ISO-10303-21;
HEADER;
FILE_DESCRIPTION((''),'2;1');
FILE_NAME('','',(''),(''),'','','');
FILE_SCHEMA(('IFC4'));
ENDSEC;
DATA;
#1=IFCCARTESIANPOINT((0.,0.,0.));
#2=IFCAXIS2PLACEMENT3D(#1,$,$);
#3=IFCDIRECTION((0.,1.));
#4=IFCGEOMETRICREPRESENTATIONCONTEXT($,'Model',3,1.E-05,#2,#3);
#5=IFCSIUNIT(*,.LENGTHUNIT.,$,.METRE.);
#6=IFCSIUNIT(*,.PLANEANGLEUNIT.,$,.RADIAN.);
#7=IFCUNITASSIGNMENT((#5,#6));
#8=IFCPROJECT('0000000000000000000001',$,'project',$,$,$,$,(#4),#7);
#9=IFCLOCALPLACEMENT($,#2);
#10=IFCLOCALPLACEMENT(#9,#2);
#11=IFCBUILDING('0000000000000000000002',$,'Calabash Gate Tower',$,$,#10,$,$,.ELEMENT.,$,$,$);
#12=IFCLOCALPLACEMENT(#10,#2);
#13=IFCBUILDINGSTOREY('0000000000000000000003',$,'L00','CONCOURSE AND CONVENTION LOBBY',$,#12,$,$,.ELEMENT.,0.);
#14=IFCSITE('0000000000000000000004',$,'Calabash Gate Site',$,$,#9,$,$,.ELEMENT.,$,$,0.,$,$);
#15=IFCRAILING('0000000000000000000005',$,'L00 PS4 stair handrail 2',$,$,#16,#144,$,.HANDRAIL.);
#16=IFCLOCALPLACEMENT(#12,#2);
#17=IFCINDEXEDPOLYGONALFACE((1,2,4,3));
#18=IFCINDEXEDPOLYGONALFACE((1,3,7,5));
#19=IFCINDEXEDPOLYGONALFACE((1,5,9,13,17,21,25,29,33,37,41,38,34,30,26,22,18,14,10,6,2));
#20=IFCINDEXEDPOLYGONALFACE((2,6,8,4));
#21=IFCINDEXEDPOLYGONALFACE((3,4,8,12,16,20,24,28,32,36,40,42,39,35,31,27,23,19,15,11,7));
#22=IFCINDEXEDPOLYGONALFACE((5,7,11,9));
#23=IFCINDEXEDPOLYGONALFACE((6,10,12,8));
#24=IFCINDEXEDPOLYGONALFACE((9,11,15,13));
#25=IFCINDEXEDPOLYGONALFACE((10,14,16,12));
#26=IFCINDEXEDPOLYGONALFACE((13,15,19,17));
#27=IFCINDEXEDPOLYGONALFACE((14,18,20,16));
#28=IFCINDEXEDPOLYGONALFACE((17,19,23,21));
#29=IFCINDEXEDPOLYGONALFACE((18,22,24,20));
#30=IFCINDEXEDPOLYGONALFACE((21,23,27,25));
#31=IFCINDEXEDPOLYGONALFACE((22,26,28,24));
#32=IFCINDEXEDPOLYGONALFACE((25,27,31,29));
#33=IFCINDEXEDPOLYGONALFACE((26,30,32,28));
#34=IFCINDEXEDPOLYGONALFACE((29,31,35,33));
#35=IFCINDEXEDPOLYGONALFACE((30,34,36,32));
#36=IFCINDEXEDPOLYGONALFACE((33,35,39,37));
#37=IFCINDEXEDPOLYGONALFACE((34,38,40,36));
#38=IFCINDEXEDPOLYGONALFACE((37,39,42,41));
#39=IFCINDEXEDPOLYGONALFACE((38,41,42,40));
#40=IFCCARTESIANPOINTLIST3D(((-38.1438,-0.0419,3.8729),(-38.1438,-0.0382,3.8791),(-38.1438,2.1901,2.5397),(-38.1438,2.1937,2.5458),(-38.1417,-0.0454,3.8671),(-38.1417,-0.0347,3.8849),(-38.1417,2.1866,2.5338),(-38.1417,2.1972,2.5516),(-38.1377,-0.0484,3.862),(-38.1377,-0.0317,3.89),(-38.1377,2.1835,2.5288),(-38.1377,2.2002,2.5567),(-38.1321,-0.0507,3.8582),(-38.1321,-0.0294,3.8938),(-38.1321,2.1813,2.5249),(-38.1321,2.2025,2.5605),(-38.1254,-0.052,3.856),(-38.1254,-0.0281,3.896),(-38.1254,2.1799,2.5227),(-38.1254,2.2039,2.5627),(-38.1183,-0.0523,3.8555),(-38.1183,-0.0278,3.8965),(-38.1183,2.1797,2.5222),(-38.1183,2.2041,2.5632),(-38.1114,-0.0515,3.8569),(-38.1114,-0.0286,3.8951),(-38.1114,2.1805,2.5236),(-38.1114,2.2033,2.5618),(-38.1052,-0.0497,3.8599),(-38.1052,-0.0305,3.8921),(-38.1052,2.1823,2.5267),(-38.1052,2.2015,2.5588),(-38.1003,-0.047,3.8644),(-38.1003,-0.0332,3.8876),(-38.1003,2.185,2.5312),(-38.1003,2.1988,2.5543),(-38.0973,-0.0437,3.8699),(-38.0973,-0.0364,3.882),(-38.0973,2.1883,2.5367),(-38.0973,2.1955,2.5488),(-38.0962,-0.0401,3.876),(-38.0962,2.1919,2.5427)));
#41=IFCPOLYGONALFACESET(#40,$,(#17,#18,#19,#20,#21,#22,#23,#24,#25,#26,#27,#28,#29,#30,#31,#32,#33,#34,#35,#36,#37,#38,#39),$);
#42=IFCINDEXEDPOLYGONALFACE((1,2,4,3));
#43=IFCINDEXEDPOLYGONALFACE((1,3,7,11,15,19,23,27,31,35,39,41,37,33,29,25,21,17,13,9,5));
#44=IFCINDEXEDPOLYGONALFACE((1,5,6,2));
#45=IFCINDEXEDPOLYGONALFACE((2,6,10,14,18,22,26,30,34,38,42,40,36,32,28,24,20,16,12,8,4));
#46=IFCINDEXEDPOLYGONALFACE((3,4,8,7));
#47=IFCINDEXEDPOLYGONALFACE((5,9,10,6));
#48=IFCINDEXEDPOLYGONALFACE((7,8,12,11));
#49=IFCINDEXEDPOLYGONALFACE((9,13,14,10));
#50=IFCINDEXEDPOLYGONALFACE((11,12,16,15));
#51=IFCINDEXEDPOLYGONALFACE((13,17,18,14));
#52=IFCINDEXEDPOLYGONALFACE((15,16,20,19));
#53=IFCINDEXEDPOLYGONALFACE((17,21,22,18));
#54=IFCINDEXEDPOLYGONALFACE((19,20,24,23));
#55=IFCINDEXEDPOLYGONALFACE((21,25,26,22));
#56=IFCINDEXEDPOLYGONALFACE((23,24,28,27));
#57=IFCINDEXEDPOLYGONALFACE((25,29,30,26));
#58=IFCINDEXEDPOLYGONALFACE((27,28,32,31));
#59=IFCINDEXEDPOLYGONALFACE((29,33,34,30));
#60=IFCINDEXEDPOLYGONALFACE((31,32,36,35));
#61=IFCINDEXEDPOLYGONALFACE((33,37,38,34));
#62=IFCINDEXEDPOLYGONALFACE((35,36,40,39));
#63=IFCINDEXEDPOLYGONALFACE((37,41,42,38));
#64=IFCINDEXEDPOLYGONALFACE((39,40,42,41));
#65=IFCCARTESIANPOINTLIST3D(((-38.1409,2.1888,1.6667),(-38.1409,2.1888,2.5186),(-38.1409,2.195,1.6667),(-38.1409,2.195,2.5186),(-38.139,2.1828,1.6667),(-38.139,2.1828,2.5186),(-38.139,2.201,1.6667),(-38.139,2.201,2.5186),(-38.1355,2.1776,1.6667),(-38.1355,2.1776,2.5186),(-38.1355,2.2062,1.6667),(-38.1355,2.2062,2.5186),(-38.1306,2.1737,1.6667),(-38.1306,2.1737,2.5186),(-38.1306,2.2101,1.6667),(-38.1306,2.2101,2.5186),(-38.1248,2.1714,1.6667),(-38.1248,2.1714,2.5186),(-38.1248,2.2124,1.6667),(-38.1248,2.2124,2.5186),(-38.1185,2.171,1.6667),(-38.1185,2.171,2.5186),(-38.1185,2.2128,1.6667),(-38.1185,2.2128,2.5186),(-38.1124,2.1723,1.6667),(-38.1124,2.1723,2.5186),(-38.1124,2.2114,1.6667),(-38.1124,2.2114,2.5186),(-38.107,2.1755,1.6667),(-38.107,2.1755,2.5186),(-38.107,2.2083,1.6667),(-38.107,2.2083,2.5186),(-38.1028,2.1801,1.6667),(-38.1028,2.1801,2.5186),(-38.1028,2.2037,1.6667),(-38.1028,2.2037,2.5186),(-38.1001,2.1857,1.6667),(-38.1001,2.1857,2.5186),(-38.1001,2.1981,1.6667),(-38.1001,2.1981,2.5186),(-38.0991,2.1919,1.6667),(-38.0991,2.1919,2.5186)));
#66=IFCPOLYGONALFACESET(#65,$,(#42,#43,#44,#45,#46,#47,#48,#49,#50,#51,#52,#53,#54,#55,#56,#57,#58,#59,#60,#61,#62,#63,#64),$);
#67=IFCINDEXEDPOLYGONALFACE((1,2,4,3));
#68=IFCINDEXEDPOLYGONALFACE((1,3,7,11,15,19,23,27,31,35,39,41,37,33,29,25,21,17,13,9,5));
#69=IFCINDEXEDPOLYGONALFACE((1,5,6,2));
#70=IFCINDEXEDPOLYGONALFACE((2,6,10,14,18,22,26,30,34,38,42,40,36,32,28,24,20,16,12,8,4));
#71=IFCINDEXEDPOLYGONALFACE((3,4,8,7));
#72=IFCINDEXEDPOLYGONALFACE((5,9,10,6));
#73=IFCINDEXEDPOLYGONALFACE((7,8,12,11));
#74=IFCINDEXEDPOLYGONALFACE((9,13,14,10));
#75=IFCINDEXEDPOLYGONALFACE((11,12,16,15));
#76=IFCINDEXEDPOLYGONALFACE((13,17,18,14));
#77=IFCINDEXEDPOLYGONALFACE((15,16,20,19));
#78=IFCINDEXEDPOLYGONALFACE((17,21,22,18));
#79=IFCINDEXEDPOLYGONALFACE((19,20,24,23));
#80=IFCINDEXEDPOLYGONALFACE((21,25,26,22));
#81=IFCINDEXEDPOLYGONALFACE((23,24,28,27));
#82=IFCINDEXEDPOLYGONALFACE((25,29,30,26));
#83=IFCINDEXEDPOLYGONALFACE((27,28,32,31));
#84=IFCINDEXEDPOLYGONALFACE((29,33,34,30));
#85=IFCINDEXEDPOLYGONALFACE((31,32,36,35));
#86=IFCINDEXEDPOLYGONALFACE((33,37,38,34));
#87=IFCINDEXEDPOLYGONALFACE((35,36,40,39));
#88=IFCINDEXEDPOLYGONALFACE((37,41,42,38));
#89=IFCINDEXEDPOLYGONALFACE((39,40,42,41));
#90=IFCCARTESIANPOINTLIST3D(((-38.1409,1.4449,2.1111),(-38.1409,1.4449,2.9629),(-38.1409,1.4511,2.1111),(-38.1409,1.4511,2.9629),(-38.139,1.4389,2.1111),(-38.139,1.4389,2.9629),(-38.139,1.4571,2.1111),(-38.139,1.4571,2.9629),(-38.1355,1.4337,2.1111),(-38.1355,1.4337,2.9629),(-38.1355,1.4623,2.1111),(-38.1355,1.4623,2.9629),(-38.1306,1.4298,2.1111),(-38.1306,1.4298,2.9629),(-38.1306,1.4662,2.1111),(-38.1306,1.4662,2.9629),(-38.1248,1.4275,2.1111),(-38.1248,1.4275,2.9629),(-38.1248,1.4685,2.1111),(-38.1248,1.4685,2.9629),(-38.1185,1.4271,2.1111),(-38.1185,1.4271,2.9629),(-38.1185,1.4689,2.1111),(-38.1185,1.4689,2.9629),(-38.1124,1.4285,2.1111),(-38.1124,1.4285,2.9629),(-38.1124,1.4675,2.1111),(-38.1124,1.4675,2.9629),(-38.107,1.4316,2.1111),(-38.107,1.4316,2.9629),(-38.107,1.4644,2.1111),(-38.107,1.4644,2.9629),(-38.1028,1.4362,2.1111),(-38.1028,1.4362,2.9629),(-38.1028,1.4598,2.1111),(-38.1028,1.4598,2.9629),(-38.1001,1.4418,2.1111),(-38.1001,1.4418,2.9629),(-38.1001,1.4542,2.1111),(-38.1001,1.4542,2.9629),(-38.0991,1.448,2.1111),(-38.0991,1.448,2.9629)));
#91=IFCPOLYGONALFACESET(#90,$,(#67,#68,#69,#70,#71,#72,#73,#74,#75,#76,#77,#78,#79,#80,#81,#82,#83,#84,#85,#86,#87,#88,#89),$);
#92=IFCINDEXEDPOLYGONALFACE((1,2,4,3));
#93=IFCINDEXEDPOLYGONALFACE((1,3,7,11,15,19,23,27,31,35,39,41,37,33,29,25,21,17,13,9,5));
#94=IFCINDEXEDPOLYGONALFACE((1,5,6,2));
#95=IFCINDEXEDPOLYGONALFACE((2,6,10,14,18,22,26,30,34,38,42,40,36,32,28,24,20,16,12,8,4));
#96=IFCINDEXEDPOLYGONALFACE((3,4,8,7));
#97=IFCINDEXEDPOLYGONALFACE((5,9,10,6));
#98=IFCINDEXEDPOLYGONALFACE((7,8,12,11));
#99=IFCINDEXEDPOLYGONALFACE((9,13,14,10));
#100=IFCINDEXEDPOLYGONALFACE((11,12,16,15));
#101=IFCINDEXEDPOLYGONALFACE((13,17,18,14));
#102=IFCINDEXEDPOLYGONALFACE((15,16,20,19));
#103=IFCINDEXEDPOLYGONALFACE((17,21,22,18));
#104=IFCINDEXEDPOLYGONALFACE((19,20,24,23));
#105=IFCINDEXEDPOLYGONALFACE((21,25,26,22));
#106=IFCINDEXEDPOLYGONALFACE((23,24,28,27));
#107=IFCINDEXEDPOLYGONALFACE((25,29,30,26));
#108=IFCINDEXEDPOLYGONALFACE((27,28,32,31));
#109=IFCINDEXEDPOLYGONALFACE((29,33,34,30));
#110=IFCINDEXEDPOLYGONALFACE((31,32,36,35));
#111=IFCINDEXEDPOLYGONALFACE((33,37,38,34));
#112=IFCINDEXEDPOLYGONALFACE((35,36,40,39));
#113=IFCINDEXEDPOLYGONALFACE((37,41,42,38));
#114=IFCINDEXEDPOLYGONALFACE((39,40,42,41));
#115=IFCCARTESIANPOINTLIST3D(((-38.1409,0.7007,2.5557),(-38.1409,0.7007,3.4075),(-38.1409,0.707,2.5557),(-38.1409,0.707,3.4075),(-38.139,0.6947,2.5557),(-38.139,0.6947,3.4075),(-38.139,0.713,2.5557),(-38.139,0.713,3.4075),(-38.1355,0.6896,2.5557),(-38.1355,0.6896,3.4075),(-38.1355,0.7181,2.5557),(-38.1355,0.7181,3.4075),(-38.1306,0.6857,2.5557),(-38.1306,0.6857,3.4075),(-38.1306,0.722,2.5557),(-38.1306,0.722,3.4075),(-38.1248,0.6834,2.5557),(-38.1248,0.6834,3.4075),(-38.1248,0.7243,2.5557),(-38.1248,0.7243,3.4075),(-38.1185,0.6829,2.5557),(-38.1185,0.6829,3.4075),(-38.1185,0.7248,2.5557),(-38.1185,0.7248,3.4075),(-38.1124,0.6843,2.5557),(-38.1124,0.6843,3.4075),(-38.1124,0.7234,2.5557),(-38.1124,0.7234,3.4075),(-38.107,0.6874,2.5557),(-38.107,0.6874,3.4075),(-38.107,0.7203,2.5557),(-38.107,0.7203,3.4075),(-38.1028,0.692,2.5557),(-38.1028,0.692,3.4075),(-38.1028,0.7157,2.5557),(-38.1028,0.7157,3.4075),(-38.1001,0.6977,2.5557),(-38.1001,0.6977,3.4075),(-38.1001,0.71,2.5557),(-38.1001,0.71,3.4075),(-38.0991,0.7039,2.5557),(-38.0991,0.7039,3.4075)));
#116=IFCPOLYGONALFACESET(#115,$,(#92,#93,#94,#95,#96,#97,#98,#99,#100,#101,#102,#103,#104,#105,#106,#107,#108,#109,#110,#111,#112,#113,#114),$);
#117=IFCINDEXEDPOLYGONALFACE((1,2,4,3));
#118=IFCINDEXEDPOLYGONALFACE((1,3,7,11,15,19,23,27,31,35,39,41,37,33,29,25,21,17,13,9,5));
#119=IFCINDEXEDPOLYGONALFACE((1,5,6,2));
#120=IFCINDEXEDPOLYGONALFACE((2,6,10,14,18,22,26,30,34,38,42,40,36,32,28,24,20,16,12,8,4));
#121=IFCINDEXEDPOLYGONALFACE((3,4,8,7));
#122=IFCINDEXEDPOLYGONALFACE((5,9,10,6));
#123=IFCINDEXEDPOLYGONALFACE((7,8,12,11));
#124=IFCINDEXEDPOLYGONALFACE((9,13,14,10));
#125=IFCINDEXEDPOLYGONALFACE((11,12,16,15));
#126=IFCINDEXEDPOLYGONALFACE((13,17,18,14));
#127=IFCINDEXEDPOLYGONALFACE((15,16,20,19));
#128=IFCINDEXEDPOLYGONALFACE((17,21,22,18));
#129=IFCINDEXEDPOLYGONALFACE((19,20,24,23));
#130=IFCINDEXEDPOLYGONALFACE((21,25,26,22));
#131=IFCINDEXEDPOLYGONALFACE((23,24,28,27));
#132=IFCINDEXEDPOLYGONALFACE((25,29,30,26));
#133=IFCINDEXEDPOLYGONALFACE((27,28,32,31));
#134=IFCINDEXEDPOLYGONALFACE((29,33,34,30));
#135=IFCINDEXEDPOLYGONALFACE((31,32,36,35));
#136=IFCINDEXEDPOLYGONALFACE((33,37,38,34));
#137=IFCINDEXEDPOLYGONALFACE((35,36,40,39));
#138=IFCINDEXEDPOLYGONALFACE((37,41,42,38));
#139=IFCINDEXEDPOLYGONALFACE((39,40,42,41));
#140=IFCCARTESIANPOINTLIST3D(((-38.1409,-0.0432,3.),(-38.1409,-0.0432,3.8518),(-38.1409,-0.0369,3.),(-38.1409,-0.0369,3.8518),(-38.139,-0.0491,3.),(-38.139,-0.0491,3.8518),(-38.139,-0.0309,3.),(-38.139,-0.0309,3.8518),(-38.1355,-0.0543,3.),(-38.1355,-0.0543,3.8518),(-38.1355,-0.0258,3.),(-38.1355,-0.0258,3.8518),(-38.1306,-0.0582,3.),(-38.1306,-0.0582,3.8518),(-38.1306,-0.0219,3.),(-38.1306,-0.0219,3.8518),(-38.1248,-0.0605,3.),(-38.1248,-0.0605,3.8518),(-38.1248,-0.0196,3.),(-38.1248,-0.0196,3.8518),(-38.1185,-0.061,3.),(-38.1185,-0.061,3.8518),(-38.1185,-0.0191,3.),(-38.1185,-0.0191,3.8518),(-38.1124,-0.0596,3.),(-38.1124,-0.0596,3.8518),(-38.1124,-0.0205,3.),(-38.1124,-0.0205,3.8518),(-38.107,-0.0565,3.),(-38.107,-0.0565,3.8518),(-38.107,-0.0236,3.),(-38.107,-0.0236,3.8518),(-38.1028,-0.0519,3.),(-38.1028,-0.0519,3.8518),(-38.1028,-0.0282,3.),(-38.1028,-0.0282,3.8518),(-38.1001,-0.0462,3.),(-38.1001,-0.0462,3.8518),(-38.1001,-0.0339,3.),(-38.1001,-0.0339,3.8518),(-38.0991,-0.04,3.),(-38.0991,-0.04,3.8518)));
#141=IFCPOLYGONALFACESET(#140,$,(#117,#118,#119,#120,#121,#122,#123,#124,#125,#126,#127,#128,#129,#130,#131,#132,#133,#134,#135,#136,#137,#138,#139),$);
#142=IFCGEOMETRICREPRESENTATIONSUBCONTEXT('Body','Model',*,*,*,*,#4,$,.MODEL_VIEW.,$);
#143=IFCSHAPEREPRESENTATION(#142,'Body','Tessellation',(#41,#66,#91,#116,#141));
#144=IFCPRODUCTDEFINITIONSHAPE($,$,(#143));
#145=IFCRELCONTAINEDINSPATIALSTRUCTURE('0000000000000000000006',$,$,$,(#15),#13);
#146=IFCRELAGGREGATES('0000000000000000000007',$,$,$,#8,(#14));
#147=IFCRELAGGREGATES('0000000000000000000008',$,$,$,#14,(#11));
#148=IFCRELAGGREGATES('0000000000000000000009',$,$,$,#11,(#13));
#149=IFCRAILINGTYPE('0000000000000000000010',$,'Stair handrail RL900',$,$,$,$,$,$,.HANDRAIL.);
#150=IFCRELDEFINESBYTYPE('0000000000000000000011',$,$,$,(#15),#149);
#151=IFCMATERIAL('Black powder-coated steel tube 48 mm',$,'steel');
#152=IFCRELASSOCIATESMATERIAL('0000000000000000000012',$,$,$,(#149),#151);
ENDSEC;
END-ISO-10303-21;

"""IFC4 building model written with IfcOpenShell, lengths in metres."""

from ifc_helpers import new_model, si_unit, direction, frame, origin, origin_2d, place, context, subcontext, project, spatial, circle, extrude, material, type_object, element, save


model = new_model("IFC4")

# Units and contexts
model_context = context("Model", 3, precision=1e-05, world=origin(), true_north=direction((0.0, 1.0)))
body_context = subcontext(model_context, "Body", "Model", "MODEL_VIEW")
ifc_project = project(units=[si_unit("LENGTHUNIT", "METRE"), si_unit("PLANEANGLEUNIT", "RADIAN")], contexts=[model_context])

# Site, building, storey
site_placement = place(None, origin())
site = spatial("IfcSite", under=ifc_project, at=site_placement, Name="Calabash Gate Site", CompositionType="ELEMENT", RefElevation=0.0)
building_placement = place(site_placement, origin())
building = spatial("IfcBuilding", under=site, at=building_placement, Name="Calabash Gate Tower", CompositionType="ELEMENT")
storey_placement = place(building_placement, origin())
storey = spatial("IfcBuildingStorey", under=building, at=storey_placement, Name="L00", Description="CONCOURSE AND CONVENTION LOBBY", CompositionType="ELEMENT", Elevation=0.0)

# Railing
ifc_material_1 = material(Name="Black powder-coated steel tube 48 mm", Category="steel")
railing_type_1 = type_object("IfcRailingType", Name="Stair handrail RL900", PredefinedType="HANDRAIL", material=ifc_material_1)
for number, where, name in (
    (1, (-38.1201, 2.1919, 1.6667), "L00 PS4 stair handrail 2"),
):
    element("IfcRailing", number, at=place(storey_placement, frame(where)), inside=storey, type_object=railing_type_1, Name=name, PredefinedType="HANDRAIL", context=body_context, shape_type="SweptSolid", body=[
        extrude(circle(Radius=0.0239, at=origin_2d()), frame((0.0, 0.0, 0.876), z_axis=(0.0, -0.858494, 0.512824), x_axis=(1.0, 0.0, 0.0)), (0.0, 0.0, 1.0), 2.5999),
        extrude(circle(Radius=0.021, at=origin_2d()), origin(), (0.0, 0.0, 1.0), 0.8518),
        extrude(circle(Radius=0.021, at=origin_2d()), frame((0.0, -0.7439, 0.4443)), (0.0, 0.0, 1.0), 0.8518),
        extrude(circle(Radius=0.021, at=origin_2d()), frame((0.0, -1.488, 0.8889)), (0.0, 0.0, 1.0), 0.8518),
        extrude(circle(Radius=0.021, at=origin_2d()), frame((0.0, -2.2319, 1.3333)), (0.0, 0.0, 1.0), 0.8518),
    ])

save(model, "model.ifc")
